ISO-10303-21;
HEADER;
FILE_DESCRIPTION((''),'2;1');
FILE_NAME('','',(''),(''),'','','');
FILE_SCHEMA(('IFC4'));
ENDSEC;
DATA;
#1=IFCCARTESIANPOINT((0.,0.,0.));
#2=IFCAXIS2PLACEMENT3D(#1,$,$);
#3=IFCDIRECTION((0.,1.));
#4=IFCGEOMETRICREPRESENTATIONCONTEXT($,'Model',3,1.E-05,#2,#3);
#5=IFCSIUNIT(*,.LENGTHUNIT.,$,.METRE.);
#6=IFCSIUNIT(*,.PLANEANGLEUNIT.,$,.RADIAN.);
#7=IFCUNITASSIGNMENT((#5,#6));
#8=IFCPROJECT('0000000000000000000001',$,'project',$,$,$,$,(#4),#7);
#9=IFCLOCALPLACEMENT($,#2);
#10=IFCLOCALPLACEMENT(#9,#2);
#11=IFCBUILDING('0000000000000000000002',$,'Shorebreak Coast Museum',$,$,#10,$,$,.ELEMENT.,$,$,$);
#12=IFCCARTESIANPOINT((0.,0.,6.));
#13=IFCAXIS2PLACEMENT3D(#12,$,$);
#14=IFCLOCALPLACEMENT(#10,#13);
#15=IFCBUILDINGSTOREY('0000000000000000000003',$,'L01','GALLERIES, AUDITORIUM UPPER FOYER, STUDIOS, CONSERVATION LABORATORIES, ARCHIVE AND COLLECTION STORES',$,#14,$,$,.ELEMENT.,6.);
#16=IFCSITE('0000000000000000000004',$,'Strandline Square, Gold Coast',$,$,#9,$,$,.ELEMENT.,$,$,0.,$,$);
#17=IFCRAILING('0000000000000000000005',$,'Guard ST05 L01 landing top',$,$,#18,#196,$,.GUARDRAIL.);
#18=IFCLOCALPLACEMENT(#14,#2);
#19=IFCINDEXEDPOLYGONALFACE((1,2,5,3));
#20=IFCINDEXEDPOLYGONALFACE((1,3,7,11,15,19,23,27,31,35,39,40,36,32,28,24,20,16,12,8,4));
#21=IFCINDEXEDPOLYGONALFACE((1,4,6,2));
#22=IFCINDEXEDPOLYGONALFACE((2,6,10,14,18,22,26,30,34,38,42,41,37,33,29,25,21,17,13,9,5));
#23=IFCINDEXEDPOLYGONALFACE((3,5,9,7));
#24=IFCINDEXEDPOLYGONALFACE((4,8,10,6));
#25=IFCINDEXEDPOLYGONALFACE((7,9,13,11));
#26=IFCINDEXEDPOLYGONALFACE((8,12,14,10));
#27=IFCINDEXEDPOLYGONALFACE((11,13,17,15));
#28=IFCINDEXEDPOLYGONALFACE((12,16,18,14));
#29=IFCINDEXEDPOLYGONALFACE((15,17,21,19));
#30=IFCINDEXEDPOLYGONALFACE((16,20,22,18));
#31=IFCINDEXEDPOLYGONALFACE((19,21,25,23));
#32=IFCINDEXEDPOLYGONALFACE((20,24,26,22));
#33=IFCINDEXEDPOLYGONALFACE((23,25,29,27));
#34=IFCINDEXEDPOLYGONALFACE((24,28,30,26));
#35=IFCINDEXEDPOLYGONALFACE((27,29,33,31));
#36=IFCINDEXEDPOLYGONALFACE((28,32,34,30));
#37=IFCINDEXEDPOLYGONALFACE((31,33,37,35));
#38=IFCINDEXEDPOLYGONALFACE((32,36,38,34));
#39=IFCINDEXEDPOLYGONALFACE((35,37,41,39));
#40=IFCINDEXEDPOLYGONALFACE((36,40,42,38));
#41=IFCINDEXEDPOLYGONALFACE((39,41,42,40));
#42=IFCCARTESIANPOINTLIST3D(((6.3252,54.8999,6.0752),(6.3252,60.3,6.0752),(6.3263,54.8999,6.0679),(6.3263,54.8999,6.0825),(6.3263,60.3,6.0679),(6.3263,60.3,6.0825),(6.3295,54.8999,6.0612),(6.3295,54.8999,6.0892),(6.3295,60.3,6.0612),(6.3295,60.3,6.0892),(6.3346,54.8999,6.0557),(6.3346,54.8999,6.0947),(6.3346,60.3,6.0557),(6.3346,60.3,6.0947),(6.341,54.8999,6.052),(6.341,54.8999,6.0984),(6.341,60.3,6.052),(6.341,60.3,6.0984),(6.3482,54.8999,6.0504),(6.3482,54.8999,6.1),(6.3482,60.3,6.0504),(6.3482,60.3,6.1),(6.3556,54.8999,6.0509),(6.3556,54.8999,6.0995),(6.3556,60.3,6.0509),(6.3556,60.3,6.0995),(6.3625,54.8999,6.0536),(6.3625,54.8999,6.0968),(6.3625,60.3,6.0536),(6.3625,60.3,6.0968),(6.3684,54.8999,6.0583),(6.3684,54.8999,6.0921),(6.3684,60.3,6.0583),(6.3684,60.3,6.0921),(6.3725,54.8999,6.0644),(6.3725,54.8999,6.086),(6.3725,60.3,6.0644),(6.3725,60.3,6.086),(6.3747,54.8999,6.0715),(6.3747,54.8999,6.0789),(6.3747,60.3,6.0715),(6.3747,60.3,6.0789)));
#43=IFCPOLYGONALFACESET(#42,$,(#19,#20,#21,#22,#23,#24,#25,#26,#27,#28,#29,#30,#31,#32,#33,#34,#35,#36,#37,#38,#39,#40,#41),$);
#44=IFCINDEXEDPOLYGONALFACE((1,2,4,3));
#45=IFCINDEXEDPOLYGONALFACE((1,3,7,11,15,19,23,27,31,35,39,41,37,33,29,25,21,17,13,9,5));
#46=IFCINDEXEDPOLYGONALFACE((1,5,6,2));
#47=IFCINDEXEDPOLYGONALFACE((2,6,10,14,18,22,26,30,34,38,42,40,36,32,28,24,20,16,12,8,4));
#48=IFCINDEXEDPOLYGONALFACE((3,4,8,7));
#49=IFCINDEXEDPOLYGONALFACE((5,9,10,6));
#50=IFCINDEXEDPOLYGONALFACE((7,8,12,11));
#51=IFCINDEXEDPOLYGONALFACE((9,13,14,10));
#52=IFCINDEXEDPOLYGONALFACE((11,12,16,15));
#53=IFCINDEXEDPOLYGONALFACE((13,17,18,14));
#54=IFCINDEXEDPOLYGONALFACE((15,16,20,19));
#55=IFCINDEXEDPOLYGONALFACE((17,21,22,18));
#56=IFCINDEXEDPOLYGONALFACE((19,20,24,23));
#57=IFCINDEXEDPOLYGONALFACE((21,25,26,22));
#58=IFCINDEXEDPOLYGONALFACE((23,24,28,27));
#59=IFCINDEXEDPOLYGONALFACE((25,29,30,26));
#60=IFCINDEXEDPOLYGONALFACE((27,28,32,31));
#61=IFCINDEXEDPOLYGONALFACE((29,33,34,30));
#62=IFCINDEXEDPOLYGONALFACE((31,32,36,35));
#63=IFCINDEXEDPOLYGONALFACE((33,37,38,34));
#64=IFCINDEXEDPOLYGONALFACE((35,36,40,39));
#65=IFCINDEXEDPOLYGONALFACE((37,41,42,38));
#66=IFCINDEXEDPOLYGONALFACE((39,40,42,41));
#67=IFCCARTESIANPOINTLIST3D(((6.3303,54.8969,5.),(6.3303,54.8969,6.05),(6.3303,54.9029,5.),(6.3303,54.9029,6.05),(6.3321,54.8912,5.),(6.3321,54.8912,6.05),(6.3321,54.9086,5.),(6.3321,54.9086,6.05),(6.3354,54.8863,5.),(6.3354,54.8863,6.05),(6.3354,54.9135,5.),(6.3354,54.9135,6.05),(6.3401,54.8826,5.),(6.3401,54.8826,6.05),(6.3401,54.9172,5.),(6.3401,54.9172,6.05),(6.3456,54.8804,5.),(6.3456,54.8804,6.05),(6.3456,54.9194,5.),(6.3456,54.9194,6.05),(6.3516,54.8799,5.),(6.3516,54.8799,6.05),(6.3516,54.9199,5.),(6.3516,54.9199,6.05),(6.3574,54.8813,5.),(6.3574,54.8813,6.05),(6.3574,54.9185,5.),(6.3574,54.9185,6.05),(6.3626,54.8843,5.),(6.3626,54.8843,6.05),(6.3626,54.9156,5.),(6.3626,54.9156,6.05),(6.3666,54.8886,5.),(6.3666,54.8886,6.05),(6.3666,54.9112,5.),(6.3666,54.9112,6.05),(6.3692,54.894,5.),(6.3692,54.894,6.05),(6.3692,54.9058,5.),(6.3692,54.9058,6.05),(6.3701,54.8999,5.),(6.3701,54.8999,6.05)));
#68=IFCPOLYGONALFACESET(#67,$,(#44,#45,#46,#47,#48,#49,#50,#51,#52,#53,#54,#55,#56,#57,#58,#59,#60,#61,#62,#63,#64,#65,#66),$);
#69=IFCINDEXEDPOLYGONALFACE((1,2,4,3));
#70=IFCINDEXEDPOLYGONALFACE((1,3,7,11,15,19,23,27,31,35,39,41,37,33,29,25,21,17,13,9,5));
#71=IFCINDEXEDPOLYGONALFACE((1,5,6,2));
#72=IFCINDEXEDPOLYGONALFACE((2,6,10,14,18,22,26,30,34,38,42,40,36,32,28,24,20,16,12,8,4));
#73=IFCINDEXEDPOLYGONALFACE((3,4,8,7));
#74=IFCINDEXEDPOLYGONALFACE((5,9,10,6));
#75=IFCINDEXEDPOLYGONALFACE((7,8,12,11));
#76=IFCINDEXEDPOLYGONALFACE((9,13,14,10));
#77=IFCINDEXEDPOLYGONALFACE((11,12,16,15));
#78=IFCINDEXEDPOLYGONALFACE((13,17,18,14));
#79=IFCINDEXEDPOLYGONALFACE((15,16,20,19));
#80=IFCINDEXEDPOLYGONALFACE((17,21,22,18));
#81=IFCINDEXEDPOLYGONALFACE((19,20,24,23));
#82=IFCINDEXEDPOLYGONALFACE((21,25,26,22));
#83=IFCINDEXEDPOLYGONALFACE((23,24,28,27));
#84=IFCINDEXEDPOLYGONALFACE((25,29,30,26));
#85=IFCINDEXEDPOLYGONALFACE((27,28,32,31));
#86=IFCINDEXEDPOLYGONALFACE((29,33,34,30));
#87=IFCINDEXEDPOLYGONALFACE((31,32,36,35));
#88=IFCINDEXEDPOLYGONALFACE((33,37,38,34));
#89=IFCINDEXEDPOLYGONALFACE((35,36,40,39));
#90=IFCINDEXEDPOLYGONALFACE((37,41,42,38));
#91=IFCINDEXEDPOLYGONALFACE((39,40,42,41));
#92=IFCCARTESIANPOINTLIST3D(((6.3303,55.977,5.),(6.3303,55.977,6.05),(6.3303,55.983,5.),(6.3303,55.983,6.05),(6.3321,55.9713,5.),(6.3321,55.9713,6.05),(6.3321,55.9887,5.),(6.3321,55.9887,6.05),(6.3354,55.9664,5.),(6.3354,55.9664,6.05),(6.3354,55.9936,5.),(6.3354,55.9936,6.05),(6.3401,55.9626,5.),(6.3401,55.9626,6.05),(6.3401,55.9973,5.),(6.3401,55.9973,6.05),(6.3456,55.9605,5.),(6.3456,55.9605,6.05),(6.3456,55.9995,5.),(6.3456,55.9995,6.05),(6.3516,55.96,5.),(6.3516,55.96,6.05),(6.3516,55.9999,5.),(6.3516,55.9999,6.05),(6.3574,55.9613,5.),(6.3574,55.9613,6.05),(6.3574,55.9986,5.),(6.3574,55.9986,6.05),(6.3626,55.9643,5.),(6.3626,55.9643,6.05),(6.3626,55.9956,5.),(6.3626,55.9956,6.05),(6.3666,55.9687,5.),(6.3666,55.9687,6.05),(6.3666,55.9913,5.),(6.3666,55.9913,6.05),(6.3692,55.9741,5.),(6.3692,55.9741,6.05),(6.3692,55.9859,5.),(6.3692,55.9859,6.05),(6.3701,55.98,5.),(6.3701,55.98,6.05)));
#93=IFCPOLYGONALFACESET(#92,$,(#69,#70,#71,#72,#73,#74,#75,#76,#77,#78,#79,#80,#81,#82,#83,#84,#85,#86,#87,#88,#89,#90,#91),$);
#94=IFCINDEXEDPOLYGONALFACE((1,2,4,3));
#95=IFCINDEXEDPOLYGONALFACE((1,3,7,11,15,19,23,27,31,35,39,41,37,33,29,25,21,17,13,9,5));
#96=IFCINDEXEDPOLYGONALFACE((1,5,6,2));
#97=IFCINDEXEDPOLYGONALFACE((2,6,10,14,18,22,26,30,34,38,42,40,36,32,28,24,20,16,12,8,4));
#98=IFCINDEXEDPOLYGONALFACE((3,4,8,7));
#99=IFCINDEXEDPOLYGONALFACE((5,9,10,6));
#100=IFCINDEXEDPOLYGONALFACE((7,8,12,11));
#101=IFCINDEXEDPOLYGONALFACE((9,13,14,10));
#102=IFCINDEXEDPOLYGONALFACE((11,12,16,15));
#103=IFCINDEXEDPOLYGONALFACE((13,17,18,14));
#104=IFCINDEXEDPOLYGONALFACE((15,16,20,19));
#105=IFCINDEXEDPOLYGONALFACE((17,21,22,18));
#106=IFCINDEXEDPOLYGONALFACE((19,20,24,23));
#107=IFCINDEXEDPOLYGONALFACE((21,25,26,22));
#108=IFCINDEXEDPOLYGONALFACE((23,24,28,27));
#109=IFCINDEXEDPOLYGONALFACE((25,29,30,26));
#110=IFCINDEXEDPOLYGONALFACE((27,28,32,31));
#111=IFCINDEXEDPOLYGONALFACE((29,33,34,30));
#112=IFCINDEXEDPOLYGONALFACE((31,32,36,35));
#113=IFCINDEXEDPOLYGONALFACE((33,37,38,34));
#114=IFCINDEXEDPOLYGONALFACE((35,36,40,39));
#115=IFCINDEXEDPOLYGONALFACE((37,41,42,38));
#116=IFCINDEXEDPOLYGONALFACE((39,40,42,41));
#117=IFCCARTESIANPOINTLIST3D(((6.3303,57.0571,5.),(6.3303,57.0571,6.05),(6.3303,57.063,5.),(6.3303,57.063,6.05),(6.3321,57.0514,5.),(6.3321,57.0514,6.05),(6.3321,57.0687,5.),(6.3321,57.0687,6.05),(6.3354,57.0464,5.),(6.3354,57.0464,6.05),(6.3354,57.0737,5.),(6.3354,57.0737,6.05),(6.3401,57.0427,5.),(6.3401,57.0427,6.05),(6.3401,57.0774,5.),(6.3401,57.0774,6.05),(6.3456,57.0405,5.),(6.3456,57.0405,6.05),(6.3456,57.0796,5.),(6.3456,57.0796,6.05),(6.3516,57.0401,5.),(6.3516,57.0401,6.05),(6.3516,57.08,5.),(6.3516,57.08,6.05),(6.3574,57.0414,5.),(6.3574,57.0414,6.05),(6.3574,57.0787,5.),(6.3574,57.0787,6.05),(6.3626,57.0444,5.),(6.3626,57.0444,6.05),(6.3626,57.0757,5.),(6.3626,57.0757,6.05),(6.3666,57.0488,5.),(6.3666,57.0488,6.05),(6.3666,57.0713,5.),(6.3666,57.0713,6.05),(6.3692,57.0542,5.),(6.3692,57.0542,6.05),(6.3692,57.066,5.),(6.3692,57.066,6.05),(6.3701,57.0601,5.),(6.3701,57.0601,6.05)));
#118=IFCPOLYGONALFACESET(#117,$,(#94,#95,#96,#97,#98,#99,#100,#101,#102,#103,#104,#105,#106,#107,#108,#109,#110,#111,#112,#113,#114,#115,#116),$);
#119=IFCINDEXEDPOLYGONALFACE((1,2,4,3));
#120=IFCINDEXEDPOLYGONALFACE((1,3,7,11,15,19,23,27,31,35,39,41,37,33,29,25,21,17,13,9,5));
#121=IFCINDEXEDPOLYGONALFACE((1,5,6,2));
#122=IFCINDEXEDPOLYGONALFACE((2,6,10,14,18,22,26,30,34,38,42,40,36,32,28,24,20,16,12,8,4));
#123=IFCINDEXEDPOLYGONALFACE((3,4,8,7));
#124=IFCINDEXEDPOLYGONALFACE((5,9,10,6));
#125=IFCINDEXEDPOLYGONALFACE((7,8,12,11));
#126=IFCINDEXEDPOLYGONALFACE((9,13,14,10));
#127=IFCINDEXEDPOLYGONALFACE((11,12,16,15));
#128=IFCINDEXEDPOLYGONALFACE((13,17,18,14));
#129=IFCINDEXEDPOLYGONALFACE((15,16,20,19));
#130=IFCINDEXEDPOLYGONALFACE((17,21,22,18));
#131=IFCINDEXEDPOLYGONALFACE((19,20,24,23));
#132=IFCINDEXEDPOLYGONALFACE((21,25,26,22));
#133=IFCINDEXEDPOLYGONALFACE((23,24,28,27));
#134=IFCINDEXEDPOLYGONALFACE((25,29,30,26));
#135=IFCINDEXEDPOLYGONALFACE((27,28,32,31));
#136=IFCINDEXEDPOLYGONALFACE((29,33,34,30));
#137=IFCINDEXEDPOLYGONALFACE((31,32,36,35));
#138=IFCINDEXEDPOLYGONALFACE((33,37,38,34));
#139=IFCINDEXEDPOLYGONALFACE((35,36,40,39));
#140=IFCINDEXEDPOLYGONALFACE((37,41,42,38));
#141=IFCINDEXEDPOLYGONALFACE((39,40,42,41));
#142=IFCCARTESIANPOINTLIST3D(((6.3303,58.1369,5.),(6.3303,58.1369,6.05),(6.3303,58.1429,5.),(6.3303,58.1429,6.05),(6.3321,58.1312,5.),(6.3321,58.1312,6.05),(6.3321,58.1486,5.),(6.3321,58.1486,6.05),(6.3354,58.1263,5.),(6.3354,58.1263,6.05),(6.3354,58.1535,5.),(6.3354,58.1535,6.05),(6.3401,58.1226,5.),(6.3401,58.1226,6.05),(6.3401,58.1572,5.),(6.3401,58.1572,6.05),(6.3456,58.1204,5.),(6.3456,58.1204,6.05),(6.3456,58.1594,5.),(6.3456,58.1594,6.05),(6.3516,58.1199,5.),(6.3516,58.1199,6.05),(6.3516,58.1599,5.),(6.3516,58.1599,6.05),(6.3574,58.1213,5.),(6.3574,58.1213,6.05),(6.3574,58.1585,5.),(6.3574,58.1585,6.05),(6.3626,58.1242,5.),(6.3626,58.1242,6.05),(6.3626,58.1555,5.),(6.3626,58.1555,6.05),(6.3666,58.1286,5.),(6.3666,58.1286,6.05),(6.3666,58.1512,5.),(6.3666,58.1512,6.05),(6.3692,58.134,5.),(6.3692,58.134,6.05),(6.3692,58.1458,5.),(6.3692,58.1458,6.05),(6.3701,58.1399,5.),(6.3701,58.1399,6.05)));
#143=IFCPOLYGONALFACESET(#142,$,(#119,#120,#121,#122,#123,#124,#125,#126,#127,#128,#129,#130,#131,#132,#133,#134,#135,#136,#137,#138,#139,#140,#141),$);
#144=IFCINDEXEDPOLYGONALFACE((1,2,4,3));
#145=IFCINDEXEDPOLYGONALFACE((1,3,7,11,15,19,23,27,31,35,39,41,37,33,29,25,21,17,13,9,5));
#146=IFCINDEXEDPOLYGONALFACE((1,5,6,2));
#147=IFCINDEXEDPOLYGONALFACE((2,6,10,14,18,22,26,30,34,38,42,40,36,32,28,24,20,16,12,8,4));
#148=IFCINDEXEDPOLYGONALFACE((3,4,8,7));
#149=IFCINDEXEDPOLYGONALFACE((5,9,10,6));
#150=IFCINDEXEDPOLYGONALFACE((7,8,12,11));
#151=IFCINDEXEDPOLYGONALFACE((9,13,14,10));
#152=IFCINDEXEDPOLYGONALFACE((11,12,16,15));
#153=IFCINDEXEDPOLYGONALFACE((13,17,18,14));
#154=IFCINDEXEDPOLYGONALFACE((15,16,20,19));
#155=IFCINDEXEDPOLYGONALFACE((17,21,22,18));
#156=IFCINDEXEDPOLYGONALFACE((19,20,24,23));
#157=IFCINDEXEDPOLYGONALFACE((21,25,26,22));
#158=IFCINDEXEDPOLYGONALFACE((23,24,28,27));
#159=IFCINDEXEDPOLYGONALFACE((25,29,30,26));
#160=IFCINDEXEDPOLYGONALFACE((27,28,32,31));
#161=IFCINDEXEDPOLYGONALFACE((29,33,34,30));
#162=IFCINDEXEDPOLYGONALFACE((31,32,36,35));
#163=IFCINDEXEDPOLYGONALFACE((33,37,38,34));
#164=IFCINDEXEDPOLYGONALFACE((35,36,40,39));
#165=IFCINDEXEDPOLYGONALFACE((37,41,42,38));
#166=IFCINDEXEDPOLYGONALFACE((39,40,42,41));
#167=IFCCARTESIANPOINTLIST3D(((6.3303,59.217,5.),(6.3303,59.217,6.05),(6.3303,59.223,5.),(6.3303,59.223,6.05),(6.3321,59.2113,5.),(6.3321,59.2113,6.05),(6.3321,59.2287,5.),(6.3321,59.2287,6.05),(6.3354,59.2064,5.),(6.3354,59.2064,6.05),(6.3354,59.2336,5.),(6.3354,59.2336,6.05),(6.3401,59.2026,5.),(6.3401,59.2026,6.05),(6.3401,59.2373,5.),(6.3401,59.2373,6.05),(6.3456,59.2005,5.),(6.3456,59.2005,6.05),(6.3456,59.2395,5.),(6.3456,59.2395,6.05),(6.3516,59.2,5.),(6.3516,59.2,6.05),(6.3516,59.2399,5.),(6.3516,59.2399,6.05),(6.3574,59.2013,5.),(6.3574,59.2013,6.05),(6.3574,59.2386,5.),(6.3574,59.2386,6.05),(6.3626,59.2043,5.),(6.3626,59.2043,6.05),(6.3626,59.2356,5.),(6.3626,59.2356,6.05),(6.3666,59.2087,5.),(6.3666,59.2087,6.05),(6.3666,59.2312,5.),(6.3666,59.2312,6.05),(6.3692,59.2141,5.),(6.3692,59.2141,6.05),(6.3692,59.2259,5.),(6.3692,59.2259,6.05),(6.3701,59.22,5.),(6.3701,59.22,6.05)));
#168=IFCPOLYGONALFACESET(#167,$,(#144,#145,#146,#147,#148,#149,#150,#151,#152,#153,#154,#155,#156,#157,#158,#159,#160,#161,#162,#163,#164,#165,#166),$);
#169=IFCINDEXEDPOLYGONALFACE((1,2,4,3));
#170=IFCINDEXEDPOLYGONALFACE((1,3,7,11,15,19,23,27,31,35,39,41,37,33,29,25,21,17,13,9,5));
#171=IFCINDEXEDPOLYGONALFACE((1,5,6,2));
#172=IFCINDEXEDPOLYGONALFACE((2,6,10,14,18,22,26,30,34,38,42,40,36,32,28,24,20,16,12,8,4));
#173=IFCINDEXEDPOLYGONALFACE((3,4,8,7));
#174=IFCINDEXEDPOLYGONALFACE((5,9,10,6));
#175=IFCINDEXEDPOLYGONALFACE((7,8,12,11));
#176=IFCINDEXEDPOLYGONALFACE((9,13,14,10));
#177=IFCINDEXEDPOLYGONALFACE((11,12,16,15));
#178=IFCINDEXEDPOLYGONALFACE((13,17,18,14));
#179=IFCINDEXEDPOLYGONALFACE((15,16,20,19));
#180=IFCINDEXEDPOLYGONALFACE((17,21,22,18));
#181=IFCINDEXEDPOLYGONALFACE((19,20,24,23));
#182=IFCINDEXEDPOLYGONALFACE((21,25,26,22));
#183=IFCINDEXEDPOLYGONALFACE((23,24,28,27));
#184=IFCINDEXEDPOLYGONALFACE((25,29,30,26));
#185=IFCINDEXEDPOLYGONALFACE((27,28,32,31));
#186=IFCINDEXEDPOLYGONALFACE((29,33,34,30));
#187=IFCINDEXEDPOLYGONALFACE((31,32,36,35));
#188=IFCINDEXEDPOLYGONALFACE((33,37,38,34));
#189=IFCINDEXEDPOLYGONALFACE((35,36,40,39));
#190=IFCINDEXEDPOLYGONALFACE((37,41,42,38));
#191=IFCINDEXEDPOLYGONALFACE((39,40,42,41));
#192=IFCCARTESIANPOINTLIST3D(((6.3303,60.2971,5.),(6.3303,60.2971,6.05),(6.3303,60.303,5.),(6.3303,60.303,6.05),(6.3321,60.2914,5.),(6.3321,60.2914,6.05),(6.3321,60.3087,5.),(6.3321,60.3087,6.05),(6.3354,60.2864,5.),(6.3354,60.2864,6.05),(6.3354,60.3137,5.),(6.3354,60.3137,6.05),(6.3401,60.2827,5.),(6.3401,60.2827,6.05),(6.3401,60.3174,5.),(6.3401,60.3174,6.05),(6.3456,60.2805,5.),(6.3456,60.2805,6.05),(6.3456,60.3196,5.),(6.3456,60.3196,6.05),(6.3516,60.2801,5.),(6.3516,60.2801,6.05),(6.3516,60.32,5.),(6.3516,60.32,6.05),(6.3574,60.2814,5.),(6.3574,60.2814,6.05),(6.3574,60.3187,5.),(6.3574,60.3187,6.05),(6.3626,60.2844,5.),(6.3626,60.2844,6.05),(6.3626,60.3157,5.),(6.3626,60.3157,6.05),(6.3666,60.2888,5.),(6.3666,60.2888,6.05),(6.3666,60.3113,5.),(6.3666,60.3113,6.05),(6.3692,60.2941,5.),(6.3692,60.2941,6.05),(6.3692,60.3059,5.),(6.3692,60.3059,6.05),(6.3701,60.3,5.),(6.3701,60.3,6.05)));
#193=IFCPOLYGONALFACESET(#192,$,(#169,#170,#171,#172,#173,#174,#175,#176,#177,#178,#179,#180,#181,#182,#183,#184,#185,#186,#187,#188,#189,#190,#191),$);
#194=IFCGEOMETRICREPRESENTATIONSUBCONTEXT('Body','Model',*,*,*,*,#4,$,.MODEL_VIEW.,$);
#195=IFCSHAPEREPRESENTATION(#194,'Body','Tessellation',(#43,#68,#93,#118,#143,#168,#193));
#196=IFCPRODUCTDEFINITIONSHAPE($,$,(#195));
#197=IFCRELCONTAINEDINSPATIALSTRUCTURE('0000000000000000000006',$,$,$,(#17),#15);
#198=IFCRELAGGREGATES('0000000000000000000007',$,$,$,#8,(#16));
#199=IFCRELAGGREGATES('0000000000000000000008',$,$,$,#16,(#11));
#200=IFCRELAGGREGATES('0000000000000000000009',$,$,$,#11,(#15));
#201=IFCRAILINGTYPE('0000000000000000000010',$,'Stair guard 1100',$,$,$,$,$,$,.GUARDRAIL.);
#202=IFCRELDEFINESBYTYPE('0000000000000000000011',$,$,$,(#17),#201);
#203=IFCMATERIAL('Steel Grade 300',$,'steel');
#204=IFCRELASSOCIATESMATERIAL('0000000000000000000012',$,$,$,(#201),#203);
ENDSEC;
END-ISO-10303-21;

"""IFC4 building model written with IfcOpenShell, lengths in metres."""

from ifc_helpers import new_model, si_unit, direction, frame, origin, origin_2d, place, context, subcontext, project, spatial, circle, extrude, material, type_object, element, save


model = new_model("IFC4")

# Units and contexts
model_context = context("Model", 3, precision=1e-05, world=origin(), true_north=direction((0.0, 1.0)))
body_context = subcontext(model_context, "Body", "Model", "MODEL_VIEW")
ifc_project = project(units=[si_unit("LENGTHUNIT", "METRE"), si_unit("PLANEANGLEUNIT", "RADIAN")], contexts=[model_context])

# Site, building, storey
site_placement = place(None, origin())
site = spatial("IfcSite", under=ifc_project, at=site_placement, Name="Strandline Square, Gold Coast", CompositionType="ELEMENT", RefElevation=0.0)
building_placement = place(site_placement, origin())
building = spatial("IfcBuilding", under=site, at=building_placement, Name="Shorebreak Coast Museum", CompositionType="ELEMENT")
storey_placement = place(building_placement, frame((0.0, 0.0, 6.0)))
storey = spatial("IfcBuildingStorey", under=building, at=storey_placement, Name="L01", Description="GALLERIES, AUDITORIUM UPPER FOYER, STUDIOS, CONSERVATION LABORATORIES, ARCHIVE AND COLLECTION STORES", CompositionType="ELEMENT", Elevation=6.0)

# Railing
ifc_material_1 = material(Name="Steel Grade 300", Category="steel")
railing_type_1 = type_object("IfcRailingType", Name="Stair guard 1100", PredefinedType="GUARDRAIL", material=ifc_material_1)
railing_1_placement = place(storey_placement, frame((6.3501, 54.8999, 5.0)))
element("IfcRailing", 1, at=railing_1_placement, inside=storey, type_object=railing_type_1, Name="Guard ST05 L01 landing top", PredefinedType="GUARDRAIL", context=body_context, shape_type="SweptSolid", body=[
    extrude(circle(Radius=0.0249, at=origin_2d()), frame((0.0, 0.0, 1.0752), z_axis=(0.0, 1.0, 0.0), x_axis=(-1.0, 0.0, 0.0)), (0.0, 0.0, 1.0), 5.4001),
    extrude(circle(Radius=0.02, at=origin_2d()), origin(), (0.0, 0.0, 1.0), 1.05),
    extrude(circle(Radius=0.02, at=origin_2d()), frame((0.0, 1.0801, 0.0)), (0.0, 0.0, 1.0), 1.05),
    extrude(circle(Radius=0.02, at=origin_2d()), frame((0.0, 2.1602, 0.0)), (0.0, 0.0, 1.0), 1.05),
    extrude(circle(Radius=0.02, at=origin_2d()), frame((0.0, 3.24, 0.0)), (0.0, 0.0, 1.0), 1.05),
    extrude(circle(Radius=0.02, at=origin_2d()), frame((0.0, 4.3201, 0.0)), (0.0, 0.0, 1.0), 1.05),
    extrude(circle(Radius=0.02, at=origin_2d()), frame((0.0, 5.4001, 0.0)), (0.0, 0.0, 1.0), 1.05),
])

save(model, "model.ifc")
